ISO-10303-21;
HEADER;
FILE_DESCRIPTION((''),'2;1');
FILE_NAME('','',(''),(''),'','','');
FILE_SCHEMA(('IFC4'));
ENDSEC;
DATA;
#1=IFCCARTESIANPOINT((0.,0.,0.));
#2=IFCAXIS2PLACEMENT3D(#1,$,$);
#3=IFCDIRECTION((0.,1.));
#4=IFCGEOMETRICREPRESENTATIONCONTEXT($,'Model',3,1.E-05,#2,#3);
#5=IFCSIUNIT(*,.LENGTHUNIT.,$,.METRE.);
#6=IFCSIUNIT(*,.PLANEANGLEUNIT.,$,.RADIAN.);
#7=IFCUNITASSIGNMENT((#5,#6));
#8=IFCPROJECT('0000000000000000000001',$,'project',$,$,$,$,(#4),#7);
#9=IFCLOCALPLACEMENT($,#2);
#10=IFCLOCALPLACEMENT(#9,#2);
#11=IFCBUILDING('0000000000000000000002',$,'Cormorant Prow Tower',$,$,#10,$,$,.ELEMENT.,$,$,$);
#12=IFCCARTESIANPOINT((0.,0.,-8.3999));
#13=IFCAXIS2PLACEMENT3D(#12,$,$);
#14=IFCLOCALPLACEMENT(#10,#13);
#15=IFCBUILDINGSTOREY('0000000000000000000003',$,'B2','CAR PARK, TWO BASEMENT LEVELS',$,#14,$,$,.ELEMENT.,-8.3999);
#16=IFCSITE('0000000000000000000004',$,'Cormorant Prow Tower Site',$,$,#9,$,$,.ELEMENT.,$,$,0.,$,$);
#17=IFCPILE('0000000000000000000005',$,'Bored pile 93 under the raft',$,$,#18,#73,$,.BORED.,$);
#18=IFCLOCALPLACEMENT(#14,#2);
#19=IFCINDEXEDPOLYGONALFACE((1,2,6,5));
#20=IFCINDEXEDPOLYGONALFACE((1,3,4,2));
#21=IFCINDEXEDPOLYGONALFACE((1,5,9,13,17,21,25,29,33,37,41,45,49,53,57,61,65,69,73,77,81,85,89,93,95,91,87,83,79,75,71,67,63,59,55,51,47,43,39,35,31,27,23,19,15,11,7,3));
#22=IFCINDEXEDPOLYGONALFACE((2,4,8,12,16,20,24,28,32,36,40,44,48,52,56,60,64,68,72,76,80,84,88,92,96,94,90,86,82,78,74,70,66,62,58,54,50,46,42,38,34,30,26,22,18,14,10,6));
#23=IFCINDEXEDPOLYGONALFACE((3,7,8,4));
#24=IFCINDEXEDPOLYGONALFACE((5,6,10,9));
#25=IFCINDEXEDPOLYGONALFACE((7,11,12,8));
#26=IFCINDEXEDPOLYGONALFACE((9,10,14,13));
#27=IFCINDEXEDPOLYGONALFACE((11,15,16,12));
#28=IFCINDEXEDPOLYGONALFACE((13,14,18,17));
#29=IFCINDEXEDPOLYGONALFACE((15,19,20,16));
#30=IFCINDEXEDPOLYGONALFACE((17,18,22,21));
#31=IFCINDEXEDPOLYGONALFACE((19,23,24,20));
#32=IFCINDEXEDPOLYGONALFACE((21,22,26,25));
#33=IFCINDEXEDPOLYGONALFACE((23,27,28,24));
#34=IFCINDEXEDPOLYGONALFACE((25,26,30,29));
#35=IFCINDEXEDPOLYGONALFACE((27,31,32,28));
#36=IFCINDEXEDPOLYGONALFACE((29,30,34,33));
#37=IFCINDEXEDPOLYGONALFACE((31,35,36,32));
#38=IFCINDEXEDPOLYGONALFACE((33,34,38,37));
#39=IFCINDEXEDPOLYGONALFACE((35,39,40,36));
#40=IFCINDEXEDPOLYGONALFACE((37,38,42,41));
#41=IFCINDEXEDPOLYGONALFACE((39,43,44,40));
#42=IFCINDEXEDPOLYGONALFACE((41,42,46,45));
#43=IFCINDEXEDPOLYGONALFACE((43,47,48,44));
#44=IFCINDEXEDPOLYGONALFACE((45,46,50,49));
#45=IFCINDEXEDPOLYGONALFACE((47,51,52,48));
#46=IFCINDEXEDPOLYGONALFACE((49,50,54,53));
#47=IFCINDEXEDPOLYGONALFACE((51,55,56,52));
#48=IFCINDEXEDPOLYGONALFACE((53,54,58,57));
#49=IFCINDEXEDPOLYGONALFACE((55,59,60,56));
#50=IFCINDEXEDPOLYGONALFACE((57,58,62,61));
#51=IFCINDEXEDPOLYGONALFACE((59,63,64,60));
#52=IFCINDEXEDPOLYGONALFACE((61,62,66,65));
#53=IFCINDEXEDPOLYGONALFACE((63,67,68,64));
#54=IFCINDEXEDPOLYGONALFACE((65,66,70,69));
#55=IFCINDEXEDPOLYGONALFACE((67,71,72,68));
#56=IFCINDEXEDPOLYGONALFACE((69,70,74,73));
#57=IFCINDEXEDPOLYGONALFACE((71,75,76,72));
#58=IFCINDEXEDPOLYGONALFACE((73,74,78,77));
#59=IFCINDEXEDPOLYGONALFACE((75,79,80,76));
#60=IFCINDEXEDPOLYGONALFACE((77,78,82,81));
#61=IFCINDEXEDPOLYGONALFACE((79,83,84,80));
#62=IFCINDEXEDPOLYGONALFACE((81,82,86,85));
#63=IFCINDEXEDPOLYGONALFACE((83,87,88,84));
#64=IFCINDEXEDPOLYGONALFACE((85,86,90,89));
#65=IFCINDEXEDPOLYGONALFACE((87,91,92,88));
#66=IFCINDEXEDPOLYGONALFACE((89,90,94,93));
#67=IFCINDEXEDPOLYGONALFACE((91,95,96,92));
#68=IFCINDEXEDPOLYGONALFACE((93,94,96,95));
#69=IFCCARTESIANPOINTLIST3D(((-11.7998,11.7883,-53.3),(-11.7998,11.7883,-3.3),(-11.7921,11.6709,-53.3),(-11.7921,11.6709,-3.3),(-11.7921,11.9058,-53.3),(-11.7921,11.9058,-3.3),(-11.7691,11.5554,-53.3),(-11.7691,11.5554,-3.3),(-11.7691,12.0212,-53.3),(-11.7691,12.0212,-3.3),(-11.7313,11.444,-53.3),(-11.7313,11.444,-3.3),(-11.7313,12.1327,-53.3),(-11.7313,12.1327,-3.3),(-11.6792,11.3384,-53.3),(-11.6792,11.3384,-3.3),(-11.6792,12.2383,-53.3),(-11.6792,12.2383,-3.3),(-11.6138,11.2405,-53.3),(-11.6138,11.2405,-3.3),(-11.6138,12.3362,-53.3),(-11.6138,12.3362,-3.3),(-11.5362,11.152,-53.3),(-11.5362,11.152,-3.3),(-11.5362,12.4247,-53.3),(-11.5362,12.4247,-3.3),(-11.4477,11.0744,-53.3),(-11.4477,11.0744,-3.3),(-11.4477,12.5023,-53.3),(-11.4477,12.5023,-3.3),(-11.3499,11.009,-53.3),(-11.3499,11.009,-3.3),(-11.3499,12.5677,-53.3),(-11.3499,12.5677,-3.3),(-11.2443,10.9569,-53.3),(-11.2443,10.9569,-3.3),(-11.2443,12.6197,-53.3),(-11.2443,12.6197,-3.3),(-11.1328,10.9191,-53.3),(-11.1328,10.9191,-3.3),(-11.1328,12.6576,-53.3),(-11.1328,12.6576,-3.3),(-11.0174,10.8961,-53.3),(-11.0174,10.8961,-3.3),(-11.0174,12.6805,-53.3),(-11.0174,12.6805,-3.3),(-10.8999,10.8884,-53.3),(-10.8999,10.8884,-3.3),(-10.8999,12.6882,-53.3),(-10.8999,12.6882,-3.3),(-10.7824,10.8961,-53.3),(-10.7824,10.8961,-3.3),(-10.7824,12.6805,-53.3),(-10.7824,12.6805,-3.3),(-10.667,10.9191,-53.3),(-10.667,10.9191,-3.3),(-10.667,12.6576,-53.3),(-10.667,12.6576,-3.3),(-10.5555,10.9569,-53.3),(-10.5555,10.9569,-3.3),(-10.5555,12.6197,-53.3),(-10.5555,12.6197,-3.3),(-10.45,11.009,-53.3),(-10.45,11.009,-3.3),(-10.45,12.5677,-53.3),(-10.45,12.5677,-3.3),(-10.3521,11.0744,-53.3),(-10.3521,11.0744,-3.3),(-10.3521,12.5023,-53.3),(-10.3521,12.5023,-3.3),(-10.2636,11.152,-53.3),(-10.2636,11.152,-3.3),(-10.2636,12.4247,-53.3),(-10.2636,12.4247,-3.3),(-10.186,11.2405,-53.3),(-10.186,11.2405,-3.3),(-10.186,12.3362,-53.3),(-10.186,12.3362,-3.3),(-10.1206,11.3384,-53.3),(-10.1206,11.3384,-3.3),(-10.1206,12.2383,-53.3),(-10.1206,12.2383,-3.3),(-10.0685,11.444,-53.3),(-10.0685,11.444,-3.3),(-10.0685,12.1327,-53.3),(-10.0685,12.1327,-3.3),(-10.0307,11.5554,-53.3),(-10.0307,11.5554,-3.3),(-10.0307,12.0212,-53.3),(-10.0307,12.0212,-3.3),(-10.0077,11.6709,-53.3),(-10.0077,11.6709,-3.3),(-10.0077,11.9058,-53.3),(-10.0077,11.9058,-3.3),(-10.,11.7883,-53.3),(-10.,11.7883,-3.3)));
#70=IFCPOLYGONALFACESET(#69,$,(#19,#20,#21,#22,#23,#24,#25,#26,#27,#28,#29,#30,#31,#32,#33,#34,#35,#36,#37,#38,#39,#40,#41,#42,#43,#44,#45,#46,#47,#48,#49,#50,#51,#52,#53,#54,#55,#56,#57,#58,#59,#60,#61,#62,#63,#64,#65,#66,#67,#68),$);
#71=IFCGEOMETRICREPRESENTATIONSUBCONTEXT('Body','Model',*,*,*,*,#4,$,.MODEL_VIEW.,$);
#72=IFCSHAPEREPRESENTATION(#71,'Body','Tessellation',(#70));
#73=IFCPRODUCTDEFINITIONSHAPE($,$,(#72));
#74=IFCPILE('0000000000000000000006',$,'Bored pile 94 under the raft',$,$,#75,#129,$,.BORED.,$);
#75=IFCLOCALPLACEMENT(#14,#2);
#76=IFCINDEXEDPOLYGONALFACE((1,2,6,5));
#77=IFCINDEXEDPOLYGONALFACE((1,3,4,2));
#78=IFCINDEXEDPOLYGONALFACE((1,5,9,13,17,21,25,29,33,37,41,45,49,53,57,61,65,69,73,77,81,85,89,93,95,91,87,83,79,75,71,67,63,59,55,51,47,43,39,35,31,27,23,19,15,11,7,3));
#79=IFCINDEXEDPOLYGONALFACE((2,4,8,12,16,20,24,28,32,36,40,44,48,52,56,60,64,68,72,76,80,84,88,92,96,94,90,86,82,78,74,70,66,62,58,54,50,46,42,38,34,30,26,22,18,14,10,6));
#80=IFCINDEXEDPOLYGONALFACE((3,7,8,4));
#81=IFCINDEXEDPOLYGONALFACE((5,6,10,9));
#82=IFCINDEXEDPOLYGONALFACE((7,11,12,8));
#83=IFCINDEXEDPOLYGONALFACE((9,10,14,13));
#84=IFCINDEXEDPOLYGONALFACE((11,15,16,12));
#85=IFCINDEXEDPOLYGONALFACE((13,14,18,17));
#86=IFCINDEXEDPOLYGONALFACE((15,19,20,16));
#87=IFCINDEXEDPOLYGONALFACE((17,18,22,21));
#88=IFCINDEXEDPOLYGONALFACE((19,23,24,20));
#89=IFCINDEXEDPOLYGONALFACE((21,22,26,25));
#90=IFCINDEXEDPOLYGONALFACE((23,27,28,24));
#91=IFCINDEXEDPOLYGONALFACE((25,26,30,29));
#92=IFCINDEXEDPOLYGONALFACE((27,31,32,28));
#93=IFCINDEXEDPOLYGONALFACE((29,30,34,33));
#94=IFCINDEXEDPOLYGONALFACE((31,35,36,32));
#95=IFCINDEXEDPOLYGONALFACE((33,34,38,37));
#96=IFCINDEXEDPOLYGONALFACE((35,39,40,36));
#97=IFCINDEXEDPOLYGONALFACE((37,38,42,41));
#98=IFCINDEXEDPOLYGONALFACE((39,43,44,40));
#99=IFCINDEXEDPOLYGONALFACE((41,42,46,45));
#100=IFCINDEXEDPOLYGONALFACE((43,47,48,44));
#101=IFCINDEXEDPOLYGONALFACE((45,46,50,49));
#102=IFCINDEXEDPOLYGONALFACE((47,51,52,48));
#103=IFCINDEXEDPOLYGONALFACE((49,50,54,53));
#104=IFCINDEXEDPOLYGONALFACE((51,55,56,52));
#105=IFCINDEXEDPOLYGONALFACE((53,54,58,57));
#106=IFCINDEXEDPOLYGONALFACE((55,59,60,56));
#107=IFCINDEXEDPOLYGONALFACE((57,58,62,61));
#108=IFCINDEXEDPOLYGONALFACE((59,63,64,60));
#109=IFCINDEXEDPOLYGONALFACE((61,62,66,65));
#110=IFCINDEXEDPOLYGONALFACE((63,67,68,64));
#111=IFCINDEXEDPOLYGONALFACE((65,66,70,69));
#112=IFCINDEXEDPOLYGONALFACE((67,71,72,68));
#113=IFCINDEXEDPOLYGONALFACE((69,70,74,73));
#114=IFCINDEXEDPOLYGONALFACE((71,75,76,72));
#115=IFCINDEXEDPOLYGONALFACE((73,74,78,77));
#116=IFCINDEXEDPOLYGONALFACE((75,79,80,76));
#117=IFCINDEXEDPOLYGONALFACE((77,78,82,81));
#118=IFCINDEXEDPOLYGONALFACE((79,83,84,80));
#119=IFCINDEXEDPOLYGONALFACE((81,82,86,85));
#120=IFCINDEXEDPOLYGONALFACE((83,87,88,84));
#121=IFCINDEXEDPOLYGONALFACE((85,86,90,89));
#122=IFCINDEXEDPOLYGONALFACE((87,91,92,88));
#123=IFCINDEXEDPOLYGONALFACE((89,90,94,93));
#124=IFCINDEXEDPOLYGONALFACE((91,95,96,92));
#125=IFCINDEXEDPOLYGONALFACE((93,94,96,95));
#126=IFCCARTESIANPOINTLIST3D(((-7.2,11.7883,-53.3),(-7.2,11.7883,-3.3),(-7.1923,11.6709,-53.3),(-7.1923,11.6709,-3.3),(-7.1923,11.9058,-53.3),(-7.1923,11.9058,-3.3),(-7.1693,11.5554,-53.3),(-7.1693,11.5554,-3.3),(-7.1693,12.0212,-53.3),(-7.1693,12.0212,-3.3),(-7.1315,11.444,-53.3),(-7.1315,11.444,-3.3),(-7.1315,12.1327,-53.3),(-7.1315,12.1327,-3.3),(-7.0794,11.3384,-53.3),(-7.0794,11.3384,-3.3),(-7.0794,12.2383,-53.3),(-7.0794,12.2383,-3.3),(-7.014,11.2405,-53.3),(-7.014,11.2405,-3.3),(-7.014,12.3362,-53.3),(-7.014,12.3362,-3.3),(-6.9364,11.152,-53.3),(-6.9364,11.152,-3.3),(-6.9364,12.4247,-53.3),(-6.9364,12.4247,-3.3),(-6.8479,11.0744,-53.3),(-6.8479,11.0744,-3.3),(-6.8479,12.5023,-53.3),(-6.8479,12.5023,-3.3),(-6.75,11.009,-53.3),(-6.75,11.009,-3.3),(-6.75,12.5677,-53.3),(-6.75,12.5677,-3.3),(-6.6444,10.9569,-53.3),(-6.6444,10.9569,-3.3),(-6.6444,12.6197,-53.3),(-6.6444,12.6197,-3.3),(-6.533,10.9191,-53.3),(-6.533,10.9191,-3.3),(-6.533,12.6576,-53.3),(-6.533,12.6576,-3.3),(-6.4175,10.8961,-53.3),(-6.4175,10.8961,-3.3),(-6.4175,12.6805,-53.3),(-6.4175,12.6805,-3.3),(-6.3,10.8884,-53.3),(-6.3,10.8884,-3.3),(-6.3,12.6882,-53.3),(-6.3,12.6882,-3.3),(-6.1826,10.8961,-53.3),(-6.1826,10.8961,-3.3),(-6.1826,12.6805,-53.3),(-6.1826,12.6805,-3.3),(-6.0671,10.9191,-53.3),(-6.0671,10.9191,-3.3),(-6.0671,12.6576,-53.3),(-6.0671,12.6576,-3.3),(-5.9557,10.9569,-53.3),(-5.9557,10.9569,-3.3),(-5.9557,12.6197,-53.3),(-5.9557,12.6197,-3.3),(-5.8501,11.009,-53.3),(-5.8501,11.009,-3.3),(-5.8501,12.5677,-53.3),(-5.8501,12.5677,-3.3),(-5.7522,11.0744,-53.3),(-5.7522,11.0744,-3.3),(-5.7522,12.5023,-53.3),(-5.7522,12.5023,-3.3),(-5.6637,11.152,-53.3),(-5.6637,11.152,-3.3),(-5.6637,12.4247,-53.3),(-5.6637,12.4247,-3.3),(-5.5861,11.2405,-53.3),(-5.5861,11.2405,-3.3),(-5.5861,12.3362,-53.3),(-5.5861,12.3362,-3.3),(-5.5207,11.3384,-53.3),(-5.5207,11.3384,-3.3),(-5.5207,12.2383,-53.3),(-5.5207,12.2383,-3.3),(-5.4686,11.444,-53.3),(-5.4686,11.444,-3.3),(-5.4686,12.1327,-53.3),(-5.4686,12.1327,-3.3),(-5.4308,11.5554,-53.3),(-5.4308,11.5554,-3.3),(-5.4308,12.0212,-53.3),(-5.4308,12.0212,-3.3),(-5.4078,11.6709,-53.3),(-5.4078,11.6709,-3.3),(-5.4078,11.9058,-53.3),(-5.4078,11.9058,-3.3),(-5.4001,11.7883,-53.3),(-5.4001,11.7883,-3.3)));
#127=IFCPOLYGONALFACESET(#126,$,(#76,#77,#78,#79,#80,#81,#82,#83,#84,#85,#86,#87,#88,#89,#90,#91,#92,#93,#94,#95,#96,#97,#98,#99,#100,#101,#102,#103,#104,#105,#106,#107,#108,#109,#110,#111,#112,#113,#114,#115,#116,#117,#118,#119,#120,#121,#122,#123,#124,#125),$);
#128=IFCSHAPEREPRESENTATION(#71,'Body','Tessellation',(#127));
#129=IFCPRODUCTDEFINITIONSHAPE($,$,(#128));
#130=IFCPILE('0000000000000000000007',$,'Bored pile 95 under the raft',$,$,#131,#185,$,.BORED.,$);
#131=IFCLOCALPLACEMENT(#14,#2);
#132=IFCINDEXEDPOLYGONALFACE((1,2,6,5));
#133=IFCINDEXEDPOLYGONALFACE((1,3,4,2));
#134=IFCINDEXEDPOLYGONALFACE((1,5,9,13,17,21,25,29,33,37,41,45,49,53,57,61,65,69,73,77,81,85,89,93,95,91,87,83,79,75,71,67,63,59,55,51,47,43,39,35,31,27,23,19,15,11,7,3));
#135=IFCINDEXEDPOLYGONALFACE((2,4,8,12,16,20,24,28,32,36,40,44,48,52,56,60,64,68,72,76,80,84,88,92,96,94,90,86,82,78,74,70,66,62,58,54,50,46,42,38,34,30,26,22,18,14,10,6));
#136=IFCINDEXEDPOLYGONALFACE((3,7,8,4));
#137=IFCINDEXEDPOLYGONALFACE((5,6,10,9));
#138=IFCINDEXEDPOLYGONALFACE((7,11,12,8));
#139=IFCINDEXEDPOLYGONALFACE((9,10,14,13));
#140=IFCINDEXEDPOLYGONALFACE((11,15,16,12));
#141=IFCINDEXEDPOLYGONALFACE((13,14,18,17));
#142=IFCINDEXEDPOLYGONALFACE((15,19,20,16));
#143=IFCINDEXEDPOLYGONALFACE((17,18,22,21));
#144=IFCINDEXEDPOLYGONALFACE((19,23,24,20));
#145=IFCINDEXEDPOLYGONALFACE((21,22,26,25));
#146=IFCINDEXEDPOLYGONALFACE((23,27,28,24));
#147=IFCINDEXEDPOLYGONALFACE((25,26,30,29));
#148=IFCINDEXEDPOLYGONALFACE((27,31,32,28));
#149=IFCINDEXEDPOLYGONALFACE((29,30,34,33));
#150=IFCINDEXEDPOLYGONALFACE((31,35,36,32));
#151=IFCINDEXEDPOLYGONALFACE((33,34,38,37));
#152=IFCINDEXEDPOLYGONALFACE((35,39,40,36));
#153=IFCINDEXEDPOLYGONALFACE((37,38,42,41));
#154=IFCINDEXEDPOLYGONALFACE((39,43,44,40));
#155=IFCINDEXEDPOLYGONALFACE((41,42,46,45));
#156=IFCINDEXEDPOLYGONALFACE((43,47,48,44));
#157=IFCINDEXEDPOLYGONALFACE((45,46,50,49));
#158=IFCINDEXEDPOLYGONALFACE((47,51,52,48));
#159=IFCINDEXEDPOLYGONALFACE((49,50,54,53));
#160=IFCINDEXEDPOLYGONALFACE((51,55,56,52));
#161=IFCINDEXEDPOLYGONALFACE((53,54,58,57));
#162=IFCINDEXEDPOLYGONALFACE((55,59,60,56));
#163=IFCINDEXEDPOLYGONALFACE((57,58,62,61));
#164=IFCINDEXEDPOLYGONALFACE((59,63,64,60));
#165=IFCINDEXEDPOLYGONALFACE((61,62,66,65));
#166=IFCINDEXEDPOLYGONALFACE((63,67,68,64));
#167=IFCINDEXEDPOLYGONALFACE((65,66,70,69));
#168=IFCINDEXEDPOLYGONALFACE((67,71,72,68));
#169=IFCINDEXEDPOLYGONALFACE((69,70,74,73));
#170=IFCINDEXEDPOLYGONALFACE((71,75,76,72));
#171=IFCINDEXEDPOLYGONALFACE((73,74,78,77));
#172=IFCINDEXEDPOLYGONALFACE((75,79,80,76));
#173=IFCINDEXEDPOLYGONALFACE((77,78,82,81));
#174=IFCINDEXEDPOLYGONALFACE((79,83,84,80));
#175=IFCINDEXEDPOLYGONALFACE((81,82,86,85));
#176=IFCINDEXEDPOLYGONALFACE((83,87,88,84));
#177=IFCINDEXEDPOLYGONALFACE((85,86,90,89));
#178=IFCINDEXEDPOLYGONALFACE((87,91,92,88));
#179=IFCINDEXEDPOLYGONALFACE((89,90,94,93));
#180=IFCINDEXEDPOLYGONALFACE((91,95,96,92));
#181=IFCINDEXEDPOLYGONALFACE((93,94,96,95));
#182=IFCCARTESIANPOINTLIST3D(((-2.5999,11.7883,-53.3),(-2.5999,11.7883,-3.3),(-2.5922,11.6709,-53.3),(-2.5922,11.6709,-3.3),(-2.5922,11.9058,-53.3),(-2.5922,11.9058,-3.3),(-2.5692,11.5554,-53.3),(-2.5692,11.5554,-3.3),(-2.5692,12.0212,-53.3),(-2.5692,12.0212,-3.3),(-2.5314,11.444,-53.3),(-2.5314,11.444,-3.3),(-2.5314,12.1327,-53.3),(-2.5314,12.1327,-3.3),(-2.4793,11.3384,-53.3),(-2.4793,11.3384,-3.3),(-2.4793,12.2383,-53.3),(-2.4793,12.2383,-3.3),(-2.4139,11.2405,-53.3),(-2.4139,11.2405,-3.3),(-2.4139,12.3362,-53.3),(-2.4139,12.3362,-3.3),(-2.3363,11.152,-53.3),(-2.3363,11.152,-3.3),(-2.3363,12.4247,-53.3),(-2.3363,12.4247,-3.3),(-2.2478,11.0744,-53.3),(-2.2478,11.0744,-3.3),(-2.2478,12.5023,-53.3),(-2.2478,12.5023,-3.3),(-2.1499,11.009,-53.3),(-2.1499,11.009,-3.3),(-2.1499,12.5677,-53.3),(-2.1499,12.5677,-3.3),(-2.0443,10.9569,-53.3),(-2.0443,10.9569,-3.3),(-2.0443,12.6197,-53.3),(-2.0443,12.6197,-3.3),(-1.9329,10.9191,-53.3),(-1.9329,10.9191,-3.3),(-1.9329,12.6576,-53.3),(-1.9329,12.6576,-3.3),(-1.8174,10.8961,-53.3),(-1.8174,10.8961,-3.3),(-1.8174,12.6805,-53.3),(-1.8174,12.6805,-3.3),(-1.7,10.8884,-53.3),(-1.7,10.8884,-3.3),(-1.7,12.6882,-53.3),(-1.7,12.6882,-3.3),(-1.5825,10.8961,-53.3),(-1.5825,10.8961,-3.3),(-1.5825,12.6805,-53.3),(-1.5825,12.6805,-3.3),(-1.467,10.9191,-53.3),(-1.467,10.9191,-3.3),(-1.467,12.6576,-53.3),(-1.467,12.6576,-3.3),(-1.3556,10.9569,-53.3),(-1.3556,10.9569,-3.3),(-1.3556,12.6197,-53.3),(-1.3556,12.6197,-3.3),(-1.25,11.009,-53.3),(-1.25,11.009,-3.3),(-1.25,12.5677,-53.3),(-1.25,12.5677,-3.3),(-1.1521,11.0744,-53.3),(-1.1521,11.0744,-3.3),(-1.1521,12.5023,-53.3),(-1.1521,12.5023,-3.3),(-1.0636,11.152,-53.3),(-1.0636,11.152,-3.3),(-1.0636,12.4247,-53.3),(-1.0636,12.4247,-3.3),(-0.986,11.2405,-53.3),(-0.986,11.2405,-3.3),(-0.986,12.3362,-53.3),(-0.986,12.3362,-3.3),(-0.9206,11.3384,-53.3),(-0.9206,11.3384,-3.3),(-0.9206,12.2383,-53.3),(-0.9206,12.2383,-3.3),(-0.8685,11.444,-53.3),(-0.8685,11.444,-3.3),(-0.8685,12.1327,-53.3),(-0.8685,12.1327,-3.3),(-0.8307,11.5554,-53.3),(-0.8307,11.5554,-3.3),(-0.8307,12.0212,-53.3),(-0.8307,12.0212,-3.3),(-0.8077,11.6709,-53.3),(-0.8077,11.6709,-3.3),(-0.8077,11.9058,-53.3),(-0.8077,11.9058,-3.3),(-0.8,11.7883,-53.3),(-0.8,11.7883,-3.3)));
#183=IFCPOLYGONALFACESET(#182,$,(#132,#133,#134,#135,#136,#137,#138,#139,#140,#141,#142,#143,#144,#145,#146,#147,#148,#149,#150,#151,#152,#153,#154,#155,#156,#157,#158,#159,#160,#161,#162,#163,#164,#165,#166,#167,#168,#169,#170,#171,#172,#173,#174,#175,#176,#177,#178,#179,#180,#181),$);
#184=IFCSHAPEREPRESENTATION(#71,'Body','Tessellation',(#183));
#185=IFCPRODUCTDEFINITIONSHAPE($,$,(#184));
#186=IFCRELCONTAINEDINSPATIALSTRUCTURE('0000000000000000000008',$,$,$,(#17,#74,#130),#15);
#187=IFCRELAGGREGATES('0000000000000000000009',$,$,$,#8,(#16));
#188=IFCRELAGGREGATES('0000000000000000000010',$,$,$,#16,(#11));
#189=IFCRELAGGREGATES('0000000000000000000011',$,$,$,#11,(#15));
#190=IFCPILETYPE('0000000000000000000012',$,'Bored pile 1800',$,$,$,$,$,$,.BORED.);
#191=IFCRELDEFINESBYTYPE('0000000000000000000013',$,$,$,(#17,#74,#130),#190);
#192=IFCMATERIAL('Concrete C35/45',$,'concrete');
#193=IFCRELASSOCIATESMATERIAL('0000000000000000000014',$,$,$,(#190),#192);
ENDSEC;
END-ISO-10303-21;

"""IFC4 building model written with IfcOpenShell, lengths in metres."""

from ifc_helpers import new_model, si_unit, direction, frame, origin, origin_2d, place, context, subcontext, project, spatial, circle, extrude, material, material_profile, profile_set, type_object, element, save


model = new_model("IFC4")

# Units and contexts
model_context = context("Model", 3, precision=1e-05, world=origin(), true_north=direction((0.0, 1.0)))
body_context = subcontext(model_context, "Body", "Model", "MODEL_VIEW")
ifc_project = project(units=[si_unit("LENGTHUNIT", "METRE"), si_unit("PLANEANGLEUNIT", "RADIAN")], contexts=[model_context])

# Site, building, storey
site_placement = place(None, origin())
site = spatial("IfcSite", under=ifc_project, at=site_placement, Name="Cormorant Prow Tower Site", CompositionType="ELEMENT", RefElevation=0.0)
building_placement = place(site_placement, origin())
building = spatial("IfcBuilding", under=site, at=building_placement, Name="Cormorant Prow Tower", CompositionType="ELEMENT")
storey_placement = place(building_placement, frame((0.0, 0.0, -8.3999)))
storey = spatial("IfcBuildingStorey", under=building, at=storey_placement, Name="B2", Description="CAR PARK, TWO BASEMENT LEVELS", CompositionType="ELEMENT", Elevation=-8.3999)

# Piles
ifc_material_1 = material(Name="Concrete C35/45", Category="concrete")
ifc_material_profile_1 = material_profile(ifc_material_1, circle(Radius=0.8999, at=origin_2d()), Name="Round 1800")
ifc_profile_set_1 = profile_set([ifc_material_profile_1], Name="Concrete C35/45")
pile_type_1 = type_object("IfcPileType", Name="Bored pile 1800", PredefinedType="BORED", material=ifc_profile_set_1)
for number, where, z_axis, x_axis, name in (
    (1, (-10.8999, 11.7883, -3.3), (0.0, 0.0, -1.0), (1.0, 0.0, 0.0), "Bored pile 93 under the raft"),
    (2, (-6.3, 11.7883, -3.3), (0.0, 0.0, -1.0), (1.0, 0.0, 0.0), "Bored pile 94 under the raft"),
    (3, (-1.7, 11.7883, -3.3), (0.0, 0.0, -1.0), (1.0, 0.0, 0.0), "Bored pile 95 under the raft"),
):
    element("IfcPile", number, at=place(storey_placement, frame(where, z_axis=z_axis, x_axis=x_axis)), inside=storey, type_object=pile_type_1, Name=name, PredefinedType="BORED", context=body_context, shape_type="SweptSolid", body=[
        extrude(circle(Radius=0.8999, at=origin_2d()), origin(), (0.0, 0.0, 1.0), 50.0),
    ])

save(model, "model.ifc")
